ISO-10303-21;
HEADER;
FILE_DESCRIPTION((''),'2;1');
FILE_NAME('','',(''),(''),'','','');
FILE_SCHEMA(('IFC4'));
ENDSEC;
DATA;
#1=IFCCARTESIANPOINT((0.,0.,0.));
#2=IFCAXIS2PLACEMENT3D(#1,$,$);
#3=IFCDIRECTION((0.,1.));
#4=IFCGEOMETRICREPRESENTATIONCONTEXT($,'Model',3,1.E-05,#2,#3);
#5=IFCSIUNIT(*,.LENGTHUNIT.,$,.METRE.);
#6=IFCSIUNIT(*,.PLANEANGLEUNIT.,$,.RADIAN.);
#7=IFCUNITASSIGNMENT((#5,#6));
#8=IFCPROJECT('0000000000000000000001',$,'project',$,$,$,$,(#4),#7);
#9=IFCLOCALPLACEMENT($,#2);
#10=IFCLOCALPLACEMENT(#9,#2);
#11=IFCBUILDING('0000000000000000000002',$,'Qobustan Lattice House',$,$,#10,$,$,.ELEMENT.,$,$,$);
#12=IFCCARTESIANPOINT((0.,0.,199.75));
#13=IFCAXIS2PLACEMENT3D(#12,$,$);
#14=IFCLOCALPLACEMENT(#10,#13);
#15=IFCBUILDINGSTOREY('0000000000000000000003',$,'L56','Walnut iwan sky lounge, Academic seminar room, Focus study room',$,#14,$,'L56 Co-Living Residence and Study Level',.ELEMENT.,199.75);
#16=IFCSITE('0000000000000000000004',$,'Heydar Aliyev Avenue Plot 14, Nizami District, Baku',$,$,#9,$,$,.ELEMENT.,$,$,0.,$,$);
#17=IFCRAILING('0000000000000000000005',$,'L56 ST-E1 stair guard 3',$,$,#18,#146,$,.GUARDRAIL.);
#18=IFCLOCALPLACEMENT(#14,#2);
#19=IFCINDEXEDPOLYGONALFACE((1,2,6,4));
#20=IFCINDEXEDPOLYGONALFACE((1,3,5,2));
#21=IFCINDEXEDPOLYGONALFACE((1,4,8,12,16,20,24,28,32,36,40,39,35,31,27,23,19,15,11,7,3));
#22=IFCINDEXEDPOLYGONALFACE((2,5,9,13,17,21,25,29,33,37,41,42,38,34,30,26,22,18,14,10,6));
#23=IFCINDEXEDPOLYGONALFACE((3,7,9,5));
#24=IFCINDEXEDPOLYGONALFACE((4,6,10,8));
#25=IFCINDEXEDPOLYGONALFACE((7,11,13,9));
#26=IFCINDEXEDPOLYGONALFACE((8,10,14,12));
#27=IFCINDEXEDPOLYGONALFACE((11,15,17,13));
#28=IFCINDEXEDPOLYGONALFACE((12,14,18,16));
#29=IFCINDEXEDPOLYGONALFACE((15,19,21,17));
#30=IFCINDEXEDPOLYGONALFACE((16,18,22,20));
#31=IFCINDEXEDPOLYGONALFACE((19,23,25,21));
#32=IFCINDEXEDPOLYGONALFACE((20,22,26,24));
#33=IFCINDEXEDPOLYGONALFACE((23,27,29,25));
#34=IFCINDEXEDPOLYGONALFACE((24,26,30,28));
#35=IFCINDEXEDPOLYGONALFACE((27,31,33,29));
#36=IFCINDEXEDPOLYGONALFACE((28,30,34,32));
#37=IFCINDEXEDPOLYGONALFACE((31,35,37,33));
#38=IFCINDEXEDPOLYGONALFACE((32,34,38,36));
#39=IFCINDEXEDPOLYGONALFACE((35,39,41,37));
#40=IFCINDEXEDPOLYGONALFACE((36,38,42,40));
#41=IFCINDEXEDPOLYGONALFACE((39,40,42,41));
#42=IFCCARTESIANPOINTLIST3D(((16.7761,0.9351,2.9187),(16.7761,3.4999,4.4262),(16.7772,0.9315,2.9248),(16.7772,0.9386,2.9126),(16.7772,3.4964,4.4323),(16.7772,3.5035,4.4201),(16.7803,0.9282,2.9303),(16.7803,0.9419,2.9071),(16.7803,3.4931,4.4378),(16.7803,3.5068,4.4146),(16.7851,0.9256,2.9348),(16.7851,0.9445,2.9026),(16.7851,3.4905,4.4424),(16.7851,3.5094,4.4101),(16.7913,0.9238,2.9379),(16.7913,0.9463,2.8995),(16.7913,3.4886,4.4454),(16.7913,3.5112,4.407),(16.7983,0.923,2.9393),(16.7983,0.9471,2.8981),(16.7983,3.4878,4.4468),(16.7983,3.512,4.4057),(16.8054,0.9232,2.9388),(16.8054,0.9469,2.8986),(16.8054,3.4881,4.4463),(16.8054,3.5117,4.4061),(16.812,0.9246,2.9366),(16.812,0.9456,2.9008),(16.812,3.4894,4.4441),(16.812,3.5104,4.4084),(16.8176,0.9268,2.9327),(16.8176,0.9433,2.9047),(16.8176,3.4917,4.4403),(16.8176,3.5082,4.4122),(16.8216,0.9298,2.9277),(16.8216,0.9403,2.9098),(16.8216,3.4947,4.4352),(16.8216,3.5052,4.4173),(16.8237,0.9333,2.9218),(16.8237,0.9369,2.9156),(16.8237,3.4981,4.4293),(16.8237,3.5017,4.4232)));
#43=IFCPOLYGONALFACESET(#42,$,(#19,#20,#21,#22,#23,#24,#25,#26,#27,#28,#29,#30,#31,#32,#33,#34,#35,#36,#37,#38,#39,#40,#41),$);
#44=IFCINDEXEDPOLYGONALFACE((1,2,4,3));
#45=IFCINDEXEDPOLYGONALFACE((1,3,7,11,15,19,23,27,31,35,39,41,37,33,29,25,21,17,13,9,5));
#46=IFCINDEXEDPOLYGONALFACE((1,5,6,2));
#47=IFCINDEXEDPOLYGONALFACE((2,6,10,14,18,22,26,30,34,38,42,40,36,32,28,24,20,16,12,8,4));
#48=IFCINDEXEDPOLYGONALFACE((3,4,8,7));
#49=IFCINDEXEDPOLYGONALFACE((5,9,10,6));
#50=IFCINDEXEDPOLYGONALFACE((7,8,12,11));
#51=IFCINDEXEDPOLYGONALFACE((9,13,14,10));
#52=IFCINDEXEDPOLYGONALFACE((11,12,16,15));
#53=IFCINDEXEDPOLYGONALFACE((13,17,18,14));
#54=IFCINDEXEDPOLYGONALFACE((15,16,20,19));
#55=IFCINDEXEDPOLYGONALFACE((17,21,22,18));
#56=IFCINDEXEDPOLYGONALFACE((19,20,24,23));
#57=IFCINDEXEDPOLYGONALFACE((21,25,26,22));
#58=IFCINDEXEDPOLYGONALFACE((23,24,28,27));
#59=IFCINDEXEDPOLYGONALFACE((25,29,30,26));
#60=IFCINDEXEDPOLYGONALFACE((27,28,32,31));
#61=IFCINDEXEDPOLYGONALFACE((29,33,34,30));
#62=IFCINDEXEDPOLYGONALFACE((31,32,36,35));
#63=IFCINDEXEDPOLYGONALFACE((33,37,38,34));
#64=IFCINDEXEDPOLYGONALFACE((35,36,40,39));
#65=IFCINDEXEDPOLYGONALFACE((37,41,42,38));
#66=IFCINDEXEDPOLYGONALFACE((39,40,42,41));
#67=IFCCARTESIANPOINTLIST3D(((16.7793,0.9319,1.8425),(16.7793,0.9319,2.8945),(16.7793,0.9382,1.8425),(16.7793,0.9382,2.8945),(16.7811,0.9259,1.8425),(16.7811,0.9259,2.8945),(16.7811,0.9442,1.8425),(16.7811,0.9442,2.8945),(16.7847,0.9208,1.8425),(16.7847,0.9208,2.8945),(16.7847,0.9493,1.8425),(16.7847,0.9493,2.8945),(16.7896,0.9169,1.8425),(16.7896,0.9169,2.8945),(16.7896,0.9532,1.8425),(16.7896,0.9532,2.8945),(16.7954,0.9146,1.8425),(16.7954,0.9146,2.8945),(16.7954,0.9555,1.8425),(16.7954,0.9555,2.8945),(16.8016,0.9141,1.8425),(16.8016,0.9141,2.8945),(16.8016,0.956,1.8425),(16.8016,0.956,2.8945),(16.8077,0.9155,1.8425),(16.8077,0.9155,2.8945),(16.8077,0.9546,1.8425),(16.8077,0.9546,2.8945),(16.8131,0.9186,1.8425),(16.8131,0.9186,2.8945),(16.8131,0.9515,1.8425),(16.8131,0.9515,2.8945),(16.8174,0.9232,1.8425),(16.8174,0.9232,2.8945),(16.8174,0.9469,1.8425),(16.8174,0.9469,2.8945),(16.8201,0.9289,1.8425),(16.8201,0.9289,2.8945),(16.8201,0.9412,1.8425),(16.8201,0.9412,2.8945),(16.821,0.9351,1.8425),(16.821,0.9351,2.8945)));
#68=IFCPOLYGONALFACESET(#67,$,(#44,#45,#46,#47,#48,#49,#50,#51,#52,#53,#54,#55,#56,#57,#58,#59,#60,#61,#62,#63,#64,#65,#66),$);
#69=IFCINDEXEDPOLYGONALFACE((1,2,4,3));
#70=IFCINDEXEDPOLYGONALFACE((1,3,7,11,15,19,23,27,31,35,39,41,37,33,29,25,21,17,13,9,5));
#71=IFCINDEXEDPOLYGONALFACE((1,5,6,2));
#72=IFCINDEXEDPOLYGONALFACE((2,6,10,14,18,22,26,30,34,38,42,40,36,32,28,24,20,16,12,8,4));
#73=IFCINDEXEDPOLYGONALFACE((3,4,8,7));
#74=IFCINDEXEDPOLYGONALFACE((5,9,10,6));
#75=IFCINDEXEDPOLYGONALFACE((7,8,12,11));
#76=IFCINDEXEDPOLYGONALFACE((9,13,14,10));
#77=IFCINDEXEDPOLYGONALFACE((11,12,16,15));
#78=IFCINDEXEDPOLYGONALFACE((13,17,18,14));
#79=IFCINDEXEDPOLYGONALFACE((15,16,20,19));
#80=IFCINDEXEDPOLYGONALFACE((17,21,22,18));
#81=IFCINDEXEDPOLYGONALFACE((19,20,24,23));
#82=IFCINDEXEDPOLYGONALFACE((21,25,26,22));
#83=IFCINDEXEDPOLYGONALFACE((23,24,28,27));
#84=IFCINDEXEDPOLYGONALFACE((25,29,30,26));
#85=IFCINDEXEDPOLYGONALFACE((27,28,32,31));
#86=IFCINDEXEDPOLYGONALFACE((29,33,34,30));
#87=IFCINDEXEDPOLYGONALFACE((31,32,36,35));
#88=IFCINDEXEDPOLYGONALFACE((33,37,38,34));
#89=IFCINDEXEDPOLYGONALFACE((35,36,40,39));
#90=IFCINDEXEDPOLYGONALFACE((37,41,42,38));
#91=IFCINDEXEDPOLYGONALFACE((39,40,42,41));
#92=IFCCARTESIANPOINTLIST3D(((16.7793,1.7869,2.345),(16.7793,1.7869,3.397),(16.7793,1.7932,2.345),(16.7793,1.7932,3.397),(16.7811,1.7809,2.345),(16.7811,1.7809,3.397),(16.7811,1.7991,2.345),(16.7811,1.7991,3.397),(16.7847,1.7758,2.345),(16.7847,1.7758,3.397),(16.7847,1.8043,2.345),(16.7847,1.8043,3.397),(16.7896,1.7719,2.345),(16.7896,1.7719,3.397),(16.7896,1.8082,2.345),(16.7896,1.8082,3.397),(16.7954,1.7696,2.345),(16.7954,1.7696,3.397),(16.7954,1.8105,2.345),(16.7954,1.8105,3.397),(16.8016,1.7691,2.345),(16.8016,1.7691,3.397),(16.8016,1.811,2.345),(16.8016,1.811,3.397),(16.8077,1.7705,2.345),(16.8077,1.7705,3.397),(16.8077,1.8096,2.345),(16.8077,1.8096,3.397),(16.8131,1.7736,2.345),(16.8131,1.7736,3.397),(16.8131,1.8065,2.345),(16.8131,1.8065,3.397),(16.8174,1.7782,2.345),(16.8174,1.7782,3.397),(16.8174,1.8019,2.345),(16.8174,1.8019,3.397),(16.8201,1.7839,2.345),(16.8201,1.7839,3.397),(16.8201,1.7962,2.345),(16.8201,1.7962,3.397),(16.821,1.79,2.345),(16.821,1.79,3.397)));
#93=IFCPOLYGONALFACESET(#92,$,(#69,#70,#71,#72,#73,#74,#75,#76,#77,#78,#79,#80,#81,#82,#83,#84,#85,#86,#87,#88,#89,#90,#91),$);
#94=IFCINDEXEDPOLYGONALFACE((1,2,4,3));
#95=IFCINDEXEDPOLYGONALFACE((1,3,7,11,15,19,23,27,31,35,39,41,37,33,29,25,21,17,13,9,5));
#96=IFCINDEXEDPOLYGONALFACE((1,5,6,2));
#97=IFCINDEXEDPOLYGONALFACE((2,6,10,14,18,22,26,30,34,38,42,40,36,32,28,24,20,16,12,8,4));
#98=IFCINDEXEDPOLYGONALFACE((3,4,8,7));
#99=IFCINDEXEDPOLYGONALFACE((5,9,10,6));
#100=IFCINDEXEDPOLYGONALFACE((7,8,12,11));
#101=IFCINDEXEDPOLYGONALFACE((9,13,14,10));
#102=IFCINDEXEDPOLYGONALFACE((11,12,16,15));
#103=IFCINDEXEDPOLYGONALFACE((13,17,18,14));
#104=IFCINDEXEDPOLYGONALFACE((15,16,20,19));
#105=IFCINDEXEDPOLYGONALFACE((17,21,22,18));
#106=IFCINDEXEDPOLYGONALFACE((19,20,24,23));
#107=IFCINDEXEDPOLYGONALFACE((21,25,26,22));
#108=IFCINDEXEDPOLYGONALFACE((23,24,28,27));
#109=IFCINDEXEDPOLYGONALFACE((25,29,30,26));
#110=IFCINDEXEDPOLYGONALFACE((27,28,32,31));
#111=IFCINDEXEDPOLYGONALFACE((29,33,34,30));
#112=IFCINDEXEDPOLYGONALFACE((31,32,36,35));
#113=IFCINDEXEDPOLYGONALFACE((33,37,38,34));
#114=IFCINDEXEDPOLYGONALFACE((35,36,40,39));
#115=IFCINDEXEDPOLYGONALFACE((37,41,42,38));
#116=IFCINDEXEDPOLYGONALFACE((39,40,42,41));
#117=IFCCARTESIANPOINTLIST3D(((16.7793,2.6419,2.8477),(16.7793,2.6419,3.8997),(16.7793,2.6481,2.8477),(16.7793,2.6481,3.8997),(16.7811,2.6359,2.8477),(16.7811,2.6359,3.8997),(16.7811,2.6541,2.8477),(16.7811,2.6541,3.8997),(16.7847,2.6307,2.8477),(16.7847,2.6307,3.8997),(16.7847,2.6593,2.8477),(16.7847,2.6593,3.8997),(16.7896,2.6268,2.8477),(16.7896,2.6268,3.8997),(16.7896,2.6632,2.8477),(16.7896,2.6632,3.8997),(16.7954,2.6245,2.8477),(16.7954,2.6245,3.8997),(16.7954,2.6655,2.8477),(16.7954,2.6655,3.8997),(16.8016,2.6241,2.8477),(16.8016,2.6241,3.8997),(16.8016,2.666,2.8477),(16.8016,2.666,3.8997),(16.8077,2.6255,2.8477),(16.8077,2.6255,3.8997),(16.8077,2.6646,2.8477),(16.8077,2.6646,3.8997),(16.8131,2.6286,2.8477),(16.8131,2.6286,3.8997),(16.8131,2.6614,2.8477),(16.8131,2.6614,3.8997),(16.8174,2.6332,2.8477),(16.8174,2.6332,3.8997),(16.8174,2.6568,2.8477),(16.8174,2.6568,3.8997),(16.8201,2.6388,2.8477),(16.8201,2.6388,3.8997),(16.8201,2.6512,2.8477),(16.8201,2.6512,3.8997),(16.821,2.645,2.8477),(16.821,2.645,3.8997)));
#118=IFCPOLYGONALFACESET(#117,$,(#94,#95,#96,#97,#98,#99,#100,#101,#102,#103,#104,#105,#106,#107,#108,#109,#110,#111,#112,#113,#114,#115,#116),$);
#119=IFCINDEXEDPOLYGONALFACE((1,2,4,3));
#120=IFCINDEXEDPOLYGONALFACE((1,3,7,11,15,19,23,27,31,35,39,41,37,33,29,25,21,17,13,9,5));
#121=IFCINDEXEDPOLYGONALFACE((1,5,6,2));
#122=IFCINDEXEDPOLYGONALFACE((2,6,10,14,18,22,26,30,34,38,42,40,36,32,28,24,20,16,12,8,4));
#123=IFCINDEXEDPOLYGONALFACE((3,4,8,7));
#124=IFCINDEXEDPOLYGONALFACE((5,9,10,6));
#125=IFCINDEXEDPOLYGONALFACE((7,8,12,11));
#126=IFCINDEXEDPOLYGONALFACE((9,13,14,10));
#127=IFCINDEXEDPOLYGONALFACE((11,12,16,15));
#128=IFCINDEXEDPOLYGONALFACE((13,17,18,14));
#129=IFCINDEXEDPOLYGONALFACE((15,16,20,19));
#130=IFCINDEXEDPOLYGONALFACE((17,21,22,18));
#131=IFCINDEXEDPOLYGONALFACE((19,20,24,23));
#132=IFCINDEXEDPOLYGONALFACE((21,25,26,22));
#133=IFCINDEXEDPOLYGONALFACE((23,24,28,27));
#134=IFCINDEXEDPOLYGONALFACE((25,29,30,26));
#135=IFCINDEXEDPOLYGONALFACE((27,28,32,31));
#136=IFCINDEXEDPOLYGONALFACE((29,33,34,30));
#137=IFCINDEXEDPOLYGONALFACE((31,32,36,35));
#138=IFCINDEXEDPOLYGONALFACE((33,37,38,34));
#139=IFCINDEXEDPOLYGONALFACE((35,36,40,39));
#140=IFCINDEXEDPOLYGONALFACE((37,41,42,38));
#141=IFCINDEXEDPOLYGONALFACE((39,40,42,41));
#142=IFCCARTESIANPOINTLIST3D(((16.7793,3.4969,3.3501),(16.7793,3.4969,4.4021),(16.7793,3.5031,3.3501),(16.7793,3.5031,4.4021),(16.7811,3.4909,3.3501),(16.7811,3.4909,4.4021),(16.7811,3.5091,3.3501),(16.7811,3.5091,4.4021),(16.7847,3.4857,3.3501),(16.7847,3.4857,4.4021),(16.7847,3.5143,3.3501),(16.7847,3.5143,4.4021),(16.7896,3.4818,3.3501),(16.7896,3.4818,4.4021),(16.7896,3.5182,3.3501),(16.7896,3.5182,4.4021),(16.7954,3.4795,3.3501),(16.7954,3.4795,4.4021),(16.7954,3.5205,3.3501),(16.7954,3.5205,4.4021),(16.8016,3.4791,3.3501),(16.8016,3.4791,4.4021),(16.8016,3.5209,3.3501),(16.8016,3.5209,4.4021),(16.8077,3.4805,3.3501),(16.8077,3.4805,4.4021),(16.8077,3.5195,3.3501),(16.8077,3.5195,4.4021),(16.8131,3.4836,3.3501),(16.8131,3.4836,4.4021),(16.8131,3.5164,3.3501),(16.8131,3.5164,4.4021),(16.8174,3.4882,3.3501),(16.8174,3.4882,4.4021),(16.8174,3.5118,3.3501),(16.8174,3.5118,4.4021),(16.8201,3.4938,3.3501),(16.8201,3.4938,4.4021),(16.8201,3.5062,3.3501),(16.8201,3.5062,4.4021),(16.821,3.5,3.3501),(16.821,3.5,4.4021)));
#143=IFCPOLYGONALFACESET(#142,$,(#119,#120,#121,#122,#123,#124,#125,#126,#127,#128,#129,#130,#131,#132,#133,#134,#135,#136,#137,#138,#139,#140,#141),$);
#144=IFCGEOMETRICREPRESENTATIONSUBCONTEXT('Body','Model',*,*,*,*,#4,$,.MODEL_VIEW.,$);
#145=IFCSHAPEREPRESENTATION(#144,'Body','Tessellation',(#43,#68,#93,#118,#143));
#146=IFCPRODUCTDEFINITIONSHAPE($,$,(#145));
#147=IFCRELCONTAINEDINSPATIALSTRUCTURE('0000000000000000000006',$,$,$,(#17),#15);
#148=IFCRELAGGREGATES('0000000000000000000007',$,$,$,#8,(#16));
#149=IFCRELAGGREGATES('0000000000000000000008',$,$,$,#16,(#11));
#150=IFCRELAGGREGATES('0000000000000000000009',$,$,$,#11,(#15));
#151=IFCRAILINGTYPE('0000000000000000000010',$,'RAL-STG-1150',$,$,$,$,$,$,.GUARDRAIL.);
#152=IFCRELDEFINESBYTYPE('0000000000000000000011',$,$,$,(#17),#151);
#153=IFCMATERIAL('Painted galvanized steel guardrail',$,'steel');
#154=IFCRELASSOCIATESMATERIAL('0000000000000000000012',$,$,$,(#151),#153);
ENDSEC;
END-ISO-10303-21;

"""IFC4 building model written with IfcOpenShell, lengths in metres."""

from ifc_helpers import new_model, si_unit, direction, frame, origin, origin_2d, place, context, subcontext, project, spatial, circle, extrude, material, type_object, element, save


model = new_model("IFC4")

# Units and contexts
model_context = context("Model", 3, precision=1e-05, world=origin(), true_north=direction((0.0, 1.0)))
body_context = subcontext(model_context, "Body", "Model", "MODEL_VIEW")
ifc_project = project(units=[si_unit("LENGTHUNIT", "METRE"), si_unit("PLANEANGLEUNIT", "RADIAN")], contexts=[model_context])

# Site, building, storey
site_placement = place(None, origin())
site = spatial("IfcSite", under=ifc_project, at=site_placement, Name="Heydar Aliyev Avenue Plot 14, Nizami District, Baku", CompositionType="ELEMENT", RefElevation=0.0)
building_placement = place(site_placement, origin())
building = spatial("IfcBuilding", under=site, at=building_placement, Name="Qobustan Lattice House", CompositionType="ELEMENT")
storey_placement = place(building_placement, frame((0.0, 0.0, 199.75)))
storey = spatial("IfcBuildingStorey", under=building, at=storey_placement, Name="L56", Description="Walnut iwan sky lounge, Academic seminar room, Focus study room", LongName="L56 Co-Living Residence and Study Level", CompositionType="ELEMENT", Elevation=199.75)

# Railing
ifc_material_1 = material(Name="Painted galvanized steel guardrail", Category="steel")
railing_type_1 = type_object("IfcRailingType", Name="RAL-STG-1150", PredefinedType="GUARDRAIL", material=ifc_material_1)
railing_1_placement = place(storey_placement, frame((16.8, 0.9351, 1.8425)))
element("IfcRailing", 1, at=railing_1_placement, inside=storey, type_object=railing_type_1, Name="L56 ST-E1 stair guard 3", PredefinedType="GUARDRAIL", context=body_context, shape_type="SweptSolid", body=[
    extrude(circle(Radius=0.0239, at=origin_2d()), frame((0.0, 0.0, 1.0762), z_axis=(0.0, 0.862113, 0.506715), x_axis=(-1.0, 0.0, 0.0)), (0.0, 0.0, 1.0), 2.9751),
    extrude(circle(Radius=0.021, at=origin_2d()), origin(), (0.0, 0.0, 1.0), 1.052),
    extrude(circle(Radius=0.021, at=origin_2d()), frame((0.0, 0.855, 0.5024)), (0.0, 0.0, 1.0), 1.052),
    extrude(circle(Radius=0.021, at=origin_2d()), frame((0.0, 1.71, 1.0051)), (0.0, 0.0, 1.0), 1.052),
    extrude(circle(Radius=0.021, at=origin_2d()), frame((0.0, 2.5649, 1.5076)), (0.0, 0.0, 1.0), 1.052),
])

save(model, "model.ifc")
